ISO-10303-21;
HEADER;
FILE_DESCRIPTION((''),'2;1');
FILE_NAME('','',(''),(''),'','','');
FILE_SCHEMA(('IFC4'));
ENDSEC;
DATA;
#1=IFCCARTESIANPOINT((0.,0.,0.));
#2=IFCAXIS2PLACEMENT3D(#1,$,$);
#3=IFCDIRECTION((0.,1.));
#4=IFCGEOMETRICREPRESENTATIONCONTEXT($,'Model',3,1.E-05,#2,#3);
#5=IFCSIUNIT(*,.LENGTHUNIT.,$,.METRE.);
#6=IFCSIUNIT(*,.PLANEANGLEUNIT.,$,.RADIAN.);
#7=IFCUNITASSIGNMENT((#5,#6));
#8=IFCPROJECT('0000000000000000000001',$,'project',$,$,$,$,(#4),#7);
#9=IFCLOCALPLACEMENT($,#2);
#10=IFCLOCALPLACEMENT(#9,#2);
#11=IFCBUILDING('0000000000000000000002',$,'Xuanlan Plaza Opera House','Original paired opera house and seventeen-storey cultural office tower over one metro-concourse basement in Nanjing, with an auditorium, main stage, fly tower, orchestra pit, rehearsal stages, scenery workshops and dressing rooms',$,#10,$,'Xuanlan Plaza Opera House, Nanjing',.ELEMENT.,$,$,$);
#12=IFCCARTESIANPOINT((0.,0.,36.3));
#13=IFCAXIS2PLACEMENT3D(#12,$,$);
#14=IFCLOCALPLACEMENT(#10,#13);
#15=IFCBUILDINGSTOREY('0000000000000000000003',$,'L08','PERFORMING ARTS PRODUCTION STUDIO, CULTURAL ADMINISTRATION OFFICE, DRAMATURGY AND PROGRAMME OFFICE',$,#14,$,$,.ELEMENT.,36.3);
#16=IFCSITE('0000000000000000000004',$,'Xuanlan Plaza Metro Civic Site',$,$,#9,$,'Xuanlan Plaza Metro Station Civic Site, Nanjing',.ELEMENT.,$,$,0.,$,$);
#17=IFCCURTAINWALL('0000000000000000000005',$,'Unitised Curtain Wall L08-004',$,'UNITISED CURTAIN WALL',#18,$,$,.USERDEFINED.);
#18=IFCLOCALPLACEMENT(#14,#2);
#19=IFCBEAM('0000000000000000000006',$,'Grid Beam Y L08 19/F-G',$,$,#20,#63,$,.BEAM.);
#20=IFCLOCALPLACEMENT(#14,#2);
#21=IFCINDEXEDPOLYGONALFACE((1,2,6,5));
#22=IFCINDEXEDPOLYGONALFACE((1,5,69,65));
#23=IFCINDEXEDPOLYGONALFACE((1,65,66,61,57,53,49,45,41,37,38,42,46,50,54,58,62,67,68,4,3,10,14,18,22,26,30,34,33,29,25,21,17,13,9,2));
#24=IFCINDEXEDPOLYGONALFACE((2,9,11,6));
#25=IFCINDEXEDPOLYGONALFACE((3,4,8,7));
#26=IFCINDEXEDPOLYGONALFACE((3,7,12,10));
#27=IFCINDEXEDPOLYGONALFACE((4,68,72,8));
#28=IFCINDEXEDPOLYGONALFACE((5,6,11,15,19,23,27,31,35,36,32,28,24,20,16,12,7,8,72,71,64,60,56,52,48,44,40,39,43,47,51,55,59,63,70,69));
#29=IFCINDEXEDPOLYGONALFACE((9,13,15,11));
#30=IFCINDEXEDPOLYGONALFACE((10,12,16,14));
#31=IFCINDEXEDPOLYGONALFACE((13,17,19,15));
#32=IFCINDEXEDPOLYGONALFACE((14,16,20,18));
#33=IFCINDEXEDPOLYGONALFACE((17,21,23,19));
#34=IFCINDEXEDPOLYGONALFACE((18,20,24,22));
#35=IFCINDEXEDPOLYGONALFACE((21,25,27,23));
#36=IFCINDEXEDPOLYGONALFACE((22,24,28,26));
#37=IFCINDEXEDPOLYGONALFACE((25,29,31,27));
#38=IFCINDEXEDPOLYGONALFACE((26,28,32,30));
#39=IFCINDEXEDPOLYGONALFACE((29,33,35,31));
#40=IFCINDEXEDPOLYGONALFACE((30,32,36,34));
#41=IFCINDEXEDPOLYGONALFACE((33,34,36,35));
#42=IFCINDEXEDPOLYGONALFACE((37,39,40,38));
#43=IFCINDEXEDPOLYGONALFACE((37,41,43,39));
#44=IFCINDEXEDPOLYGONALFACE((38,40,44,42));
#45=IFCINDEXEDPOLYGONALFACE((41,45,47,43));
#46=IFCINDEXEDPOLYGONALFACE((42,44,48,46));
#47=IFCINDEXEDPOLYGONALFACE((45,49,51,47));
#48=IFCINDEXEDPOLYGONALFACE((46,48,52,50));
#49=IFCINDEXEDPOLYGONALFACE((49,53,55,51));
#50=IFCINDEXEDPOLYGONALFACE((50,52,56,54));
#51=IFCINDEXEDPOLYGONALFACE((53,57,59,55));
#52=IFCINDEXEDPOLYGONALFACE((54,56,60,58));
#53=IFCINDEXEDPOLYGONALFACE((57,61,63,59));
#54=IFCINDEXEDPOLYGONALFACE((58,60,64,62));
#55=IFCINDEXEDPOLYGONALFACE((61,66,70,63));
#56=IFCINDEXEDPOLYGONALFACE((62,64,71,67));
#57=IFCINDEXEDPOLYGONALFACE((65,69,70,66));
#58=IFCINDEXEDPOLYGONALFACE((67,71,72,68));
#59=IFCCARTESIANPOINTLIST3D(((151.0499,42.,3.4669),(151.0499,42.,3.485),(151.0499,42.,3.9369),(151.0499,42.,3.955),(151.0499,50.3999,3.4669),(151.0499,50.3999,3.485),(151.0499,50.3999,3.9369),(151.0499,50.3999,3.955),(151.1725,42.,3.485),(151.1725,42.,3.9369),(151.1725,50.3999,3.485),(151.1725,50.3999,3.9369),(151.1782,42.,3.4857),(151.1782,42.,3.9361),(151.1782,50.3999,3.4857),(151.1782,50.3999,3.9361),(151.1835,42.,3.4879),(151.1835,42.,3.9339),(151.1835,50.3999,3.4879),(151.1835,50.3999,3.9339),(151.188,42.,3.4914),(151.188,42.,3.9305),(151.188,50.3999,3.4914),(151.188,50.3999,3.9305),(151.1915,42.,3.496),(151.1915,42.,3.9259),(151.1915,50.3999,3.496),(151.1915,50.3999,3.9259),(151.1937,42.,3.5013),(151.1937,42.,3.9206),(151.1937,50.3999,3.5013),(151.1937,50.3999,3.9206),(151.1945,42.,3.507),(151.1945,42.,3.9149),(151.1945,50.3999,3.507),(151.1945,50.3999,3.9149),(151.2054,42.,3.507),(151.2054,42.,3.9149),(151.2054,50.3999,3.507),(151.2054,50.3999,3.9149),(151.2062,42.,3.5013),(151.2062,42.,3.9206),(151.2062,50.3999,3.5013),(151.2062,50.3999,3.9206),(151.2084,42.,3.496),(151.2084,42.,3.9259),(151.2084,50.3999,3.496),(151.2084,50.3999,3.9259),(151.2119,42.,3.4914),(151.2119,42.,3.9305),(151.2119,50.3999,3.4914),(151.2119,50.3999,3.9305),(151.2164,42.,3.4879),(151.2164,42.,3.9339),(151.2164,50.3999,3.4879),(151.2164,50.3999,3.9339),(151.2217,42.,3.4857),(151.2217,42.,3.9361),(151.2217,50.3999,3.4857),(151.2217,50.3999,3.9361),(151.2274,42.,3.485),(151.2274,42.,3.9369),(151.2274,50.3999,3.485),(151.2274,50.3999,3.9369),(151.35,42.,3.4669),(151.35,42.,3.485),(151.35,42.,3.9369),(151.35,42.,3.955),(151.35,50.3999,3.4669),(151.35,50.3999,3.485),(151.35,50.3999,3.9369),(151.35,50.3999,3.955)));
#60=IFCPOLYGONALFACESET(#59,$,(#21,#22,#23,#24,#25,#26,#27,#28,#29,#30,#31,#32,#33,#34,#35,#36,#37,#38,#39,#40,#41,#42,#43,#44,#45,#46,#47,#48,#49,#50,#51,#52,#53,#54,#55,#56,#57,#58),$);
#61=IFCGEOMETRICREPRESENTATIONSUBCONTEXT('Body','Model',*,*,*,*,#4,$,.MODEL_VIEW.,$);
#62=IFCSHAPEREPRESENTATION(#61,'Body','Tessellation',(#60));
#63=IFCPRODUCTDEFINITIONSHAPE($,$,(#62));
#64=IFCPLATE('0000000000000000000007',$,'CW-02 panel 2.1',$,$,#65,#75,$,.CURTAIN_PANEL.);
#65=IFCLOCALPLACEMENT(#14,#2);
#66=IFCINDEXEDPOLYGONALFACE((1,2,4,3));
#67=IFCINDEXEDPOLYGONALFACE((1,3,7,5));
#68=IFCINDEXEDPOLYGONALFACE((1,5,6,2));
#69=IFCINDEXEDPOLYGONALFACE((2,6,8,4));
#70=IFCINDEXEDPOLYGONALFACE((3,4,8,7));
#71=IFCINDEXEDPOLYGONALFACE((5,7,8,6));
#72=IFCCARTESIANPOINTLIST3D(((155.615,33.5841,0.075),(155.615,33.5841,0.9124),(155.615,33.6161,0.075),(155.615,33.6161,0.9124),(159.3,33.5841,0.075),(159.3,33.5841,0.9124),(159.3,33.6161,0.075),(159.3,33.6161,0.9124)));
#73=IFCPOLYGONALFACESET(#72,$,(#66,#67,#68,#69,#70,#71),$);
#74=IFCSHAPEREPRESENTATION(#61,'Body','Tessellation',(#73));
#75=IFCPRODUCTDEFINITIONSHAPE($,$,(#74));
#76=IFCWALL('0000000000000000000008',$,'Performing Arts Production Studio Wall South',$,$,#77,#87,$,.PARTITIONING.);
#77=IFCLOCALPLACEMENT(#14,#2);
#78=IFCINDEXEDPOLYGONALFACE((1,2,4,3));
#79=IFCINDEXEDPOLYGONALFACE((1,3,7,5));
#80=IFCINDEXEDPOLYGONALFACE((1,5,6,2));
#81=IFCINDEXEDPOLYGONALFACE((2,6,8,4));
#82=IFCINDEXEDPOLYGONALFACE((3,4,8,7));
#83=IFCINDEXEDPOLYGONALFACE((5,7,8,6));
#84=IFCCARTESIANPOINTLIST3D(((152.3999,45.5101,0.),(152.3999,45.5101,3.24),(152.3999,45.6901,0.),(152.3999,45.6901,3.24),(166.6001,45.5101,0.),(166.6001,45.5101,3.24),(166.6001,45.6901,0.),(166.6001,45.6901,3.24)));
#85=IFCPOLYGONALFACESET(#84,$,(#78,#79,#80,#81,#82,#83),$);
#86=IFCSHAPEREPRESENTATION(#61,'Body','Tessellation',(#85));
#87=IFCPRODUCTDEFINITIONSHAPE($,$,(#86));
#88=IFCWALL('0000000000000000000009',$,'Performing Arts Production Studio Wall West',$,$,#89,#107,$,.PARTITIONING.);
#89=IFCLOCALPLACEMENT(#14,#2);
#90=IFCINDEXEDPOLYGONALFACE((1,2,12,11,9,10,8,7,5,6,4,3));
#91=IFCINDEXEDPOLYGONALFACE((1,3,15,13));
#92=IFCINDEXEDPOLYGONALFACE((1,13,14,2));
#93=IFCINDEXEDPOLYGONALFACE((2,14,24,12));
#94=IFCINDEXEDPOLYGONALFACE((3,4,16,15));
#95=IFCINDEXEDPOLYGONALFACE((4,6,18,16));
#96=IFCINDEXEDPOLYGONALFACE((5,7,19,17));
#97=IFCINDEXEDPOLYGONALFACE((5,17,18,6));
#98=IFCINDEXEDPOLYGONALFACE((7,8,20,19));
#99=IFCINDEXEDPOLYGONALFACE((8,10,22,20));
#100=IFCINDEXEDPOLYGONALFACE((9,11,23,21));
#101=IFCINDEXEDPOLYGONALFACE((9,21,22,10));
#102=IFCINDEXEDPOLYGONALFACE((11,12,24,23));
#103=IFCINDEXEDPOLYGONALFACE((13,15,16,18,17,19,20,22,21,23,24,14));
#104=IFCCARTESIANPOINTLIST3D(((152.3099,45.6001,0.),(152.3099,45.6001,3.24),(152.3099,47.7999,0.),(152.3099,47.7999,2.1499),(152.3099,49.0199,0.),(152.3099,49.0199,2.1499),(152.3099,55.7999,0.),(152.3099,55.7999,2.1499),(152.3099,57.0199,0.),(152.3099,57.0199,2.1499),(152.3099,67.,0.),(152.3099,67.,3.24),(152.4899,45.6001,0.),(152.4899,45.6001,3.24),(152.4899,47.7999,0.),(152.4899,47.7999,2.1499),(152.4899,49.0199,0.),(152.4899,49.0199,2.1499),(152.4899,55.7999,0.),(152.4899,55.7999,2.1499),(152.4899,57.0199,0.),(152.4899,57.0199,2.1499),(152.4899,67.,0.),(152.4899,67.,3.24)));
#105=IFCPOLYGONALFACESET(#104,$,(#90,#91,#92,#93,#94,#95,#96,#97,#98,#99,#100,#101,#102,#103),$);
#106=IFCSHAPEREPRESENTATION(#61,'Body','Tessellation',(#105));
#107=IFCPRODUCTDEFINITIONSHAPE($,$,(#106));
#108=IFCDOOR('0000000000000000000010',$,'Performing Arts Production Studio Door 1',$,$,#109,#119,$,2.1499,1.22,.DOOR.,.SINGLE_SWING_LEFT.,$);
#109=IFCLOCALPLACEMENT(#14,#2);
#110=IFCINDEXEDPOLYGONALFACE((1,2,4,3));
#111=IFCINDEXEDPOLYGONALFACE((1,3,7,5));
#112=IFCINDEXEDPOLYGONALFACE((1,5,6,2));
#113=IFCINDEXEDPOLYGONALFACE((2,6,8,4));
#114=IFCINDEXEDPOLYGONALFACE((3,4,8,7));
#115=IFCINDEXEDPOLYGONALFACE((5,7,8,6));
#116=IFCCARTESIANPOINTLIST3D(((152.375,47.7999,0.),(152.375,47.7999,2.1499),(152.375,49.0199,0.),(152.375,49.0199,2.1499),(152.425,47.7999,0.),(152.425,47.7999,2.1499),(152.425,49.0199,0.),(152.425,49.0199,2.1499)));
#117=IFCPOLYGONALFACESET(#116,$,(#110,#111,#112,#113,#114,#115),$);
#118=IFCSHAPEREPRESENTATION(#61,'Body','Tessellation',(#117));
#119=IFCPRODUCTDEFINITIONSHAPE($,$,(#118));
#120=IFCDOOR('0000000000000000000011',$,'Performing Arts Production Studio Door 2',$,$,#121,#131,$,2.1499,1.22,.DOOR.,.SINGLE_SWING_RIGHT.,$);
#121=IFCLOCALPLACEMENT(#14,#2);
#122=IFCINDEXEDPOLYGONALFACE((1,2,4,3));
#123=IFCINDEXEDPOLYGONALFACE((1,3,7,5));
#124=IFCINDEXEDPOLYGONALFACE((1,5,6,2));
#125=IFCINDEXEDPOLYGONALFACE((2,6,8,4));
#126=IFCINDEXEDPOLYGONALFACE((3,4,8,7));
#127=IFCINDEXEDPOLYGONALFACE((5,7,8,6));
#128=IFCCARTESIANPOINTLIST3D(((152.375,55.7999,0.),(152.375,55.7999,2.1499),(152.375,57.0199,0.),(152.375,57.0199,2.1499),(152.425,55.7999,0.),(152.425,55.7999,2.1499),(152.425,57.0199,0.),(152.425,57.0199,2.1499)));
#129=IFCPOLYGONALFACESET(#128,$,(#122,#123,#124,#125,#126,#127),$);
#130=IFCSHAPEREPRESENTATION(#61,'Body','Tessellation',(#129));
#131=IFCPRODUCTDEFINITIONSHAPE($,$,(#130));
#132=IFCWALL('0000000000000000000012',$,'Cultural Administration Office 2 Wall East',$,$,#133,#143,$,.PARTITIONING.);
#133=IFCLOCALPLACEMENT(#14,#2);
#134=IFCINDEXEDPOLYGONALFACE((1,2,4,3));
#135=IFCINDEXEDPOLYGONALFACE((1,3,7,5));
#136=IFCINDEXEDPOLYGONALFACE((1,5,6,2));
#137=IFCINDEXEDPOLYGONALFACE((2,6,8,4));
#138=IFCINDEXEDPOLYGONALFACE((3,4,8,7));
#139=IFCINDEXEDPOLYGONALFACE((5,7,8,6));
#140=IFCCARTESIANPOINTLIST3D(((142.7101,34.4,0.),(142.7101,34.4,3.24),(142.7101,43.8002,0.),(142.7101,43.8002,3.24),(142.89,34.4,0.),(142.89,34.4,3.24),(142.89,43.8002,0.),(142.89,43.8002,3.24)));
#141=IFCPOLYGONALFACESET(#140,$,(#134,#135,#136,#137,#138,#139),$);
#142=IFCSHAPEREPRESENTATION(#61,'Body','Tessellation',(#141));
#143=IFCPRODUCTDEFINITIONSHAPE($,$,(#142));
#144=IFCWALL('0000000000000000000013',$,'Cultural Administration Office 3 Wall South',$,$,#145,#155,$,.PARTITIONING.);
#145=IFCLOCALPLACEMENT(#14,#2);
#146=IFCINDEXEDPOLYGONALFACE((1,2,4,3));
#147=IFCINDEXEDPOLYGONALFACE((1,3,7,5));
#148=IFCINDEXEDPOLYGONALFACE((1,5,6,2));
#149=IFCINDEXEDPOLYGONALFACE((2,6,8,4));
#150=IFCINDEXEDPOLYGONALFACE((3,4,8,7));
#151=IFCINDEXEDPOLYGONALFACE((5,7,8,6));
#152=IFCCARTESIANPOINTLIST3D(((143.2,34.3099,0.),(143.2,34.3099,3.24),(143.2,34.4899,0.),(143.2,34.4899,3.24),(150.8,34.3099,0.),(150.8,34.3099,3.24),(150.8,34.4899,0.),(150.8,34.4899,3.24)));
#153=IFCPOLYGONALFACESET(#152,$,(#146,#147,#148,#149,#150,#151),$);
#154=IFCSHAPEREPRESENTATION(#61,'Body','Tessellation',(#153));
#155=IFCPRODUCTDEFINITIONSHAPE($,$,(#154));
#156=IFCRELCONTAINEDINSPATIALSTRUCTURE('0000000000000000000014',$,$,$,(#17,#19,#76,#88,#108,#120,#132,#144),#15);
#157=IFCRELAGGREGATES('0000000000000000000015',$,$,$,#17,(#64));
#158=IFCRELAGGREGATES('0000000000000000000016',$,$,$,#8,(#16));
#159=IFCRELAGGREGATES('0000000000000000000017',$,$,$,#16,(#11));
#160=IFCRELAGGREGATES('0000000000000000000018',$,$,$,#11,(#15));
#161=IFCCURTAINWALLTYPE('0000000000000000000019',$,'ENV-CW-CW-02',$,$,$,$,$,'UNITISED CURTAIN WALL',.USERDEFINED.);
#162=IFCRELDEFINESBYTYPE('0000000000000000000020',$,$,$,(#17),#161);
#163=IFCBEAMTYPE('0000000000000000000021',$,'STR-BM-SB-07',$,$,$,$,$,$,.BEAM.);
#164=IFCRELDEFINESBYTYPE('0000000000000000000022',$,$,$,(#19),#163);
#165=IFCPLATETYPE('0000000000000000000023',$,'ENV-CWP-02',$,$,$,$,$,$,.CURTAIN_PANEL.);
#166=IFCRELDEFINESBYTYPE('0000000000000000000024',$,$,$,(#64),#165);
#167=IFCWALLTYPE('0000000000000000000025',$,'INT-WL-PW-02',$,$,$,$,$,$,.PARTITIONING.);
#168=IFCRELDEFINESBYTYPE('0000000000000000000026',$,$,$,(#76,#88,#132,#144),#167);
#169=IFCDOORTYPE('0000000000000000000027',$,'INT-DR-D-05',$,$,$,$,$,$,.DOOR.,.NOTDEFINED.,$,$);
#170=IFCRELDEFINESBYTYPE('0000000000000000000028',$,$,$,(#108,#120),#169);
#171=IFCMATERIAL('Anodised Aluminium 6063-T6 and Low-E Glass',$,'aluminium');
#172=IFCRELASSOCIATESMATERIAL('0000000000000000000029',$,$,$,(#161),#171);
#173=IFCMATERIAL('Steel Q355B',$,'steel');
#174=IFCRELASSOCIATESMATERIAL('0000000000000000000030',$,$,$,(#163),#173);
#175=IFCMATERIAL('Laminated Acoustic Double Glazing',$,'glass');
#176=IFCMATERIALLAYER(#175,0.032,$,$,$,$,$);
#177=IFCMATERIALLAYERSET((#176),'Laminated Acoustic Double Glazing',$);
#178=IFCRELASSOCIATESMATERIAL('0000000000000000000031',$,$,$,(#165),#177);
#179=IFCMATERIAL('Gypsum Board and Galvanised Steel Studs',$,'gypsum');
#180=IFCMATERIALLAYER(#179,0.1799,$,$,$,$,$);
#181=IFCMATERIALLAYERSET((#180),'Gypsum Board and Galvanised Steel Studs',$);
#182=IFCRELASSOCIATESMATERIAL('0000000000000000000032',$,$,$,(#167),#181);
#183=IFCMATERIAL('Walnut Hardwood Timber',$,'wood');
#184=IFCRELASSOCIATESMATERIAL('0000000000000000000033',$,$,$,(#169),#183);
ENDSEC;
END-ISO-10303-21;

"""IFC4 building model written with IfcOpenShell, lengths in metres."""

from ifc_helpers import new_model, si_unit, direction, frame, frame_2d, origin, origin_2d, place, context, subcontext, project, spatial, rectangle, i_section, extrude, material, layer, layer_set, material_profile, profile_set, type_object, element, fill, aggregate, save


model = new_model("IFC4")

# Units and contexts
model_context = context("Model", 3, precision=1e-05, world=origin(), true_north=direction((0.0, 1.0)))
body_context = subcontext(model_context, "Body", "Model", "MODEL_VIEW")
ifc_project = project(units=[si_unit("LENGTHUNIT", "METRE"), si_unit("PLANEANGLEUNIT", "RADIAN")], contexts=[model_context])

# Site, building, storey
site_placement = place(None, origin())
site = spatial("IfcSite", under=ifc_project, at=site_placement, Name="Xuanlan Plaza Metro Civic Site", LongName="Xuanlan Plaza Metro Station Civic Site, Nanjing", CompositionType="ELEMENT", RefElevation=0.0)
building_placement = place(site_placement, origin())
building = spatial("IfcBuilding", under=site, at=building_placement, Name="Xuanlan Plaza Opera House", Description="Original paired opera house and seventeen-storey cultural office tower over one metro-concourse basement in Nanjing, with an auditorium, main stage, fly tower, orchestra pit, rehearsal stages, scenery workshops and dressing rooms", LongName="Xuanlan Plaza Opera House, Nanjing", CompositionType="ELEMENT")
storey_placement = place(building_placement, frame((0.0, 0.0, 36.3)))
storey = spatial("IfcBuildingStorey", under=building, at=storey_placement, Name="L08", Description="PERFORMING ARTS PRODUCTION STUDIO, CULTURAL ADMINISTRATION OFFICE, DRAMATURGY AND PROGRAMME OFFICE", CompositionType="ELEMENT", Elevation=36.3)

# Shared definitions
ifc_material_1 = material(Name="Steel Q355B", Category="steel")

# Curtain wall
ifc_material_2 = material(Name="Anodised Aluminium 6063-T6 and Low-E Glass", Category="aluminium")
curtain_wall_type = type_object("IfcCurtainWallType", Name="ENV-CW-CW-02", ElementType="UNITISED CURTAIN WALL", PredefinedType="USERDEFINED", material=ifc_material_2)
curtain_wall_placement = place(storey_placement, origin())
curtain_wall = element("IfcCurtainWall", 1, at=curtain_wall_placement, inside=storey, type_object=curtain_wall_type, Name="Unitised Curtain Wall L08-004", ObjectType="UNITISED CURTAIN WALL", PredefinedType="USERDEFINED")

# Beam
ifc_material_profile_1 = material_profile(ifc_material_1, i_section(OverallWidth=0.3, OverallDepth=0.488, WebThickness=0.011, FlangeThickness=0.0181, FilletRadius=0.022, at=origin_2d()), Name="HM 488x300x11x18")
ifc_profile_set_1 = profile_set([ifc_material_profile_1], Name="Steel Q355B")
beam_type_1 = type_object("IfcBeamType", Name="STR-BM-SB-07", PredefinedType="BEAM", material=ifc_profile_set_1)
beam_1_placement = place(storey_placement, frame((151.2, 42.0, 3.7109), z_axis=(0.0, 1.0, 0.0), x_axis=(-1.0, 0.0, 0.0)))
element("IfcBeam", 2, at=beam_1_placement, inside=storey, type_object=beam_type_1, Name="Grid Beam Y L08 19/F-G", PredefinedType="BEAM", context=body_context, shape_type="SweptSolid", body=[
    extrude(i_section(OverallWidth=0.3, OverallDepth=0.488, WebThickness=0.011, FlangeThickness=0.0181, FilletRadius=0.022, at=origin_2d()), origin(), (0.0, 0.0, 1.0), 8.3999),
])

# Plate
ifc_material_3 = material(Name="Laminated Acoustic Double Glazing", Category="glass")
ifc_layer_1 = layer(ifc_material_3, 0.032)
ifc_layer_set_1 = layer_set([ifc_layer_1], Name="Laminated Acoustic Double Glazing")
plate_type = type_object("IfcPlateType", Name="ENV-CWP-02", PredefinedType="CURTAIN_PANEL", material=ifc_layer_set_1)
plate_placement = place(storey_placement, frame((157.4575, 33.6001, 0.075), z_axis=(0.0, 0.0, 1.0), x_axis=(1.0, 0.0, 0.0)))
plate = element("IfcPlate", 3, at=plate_placement, type_object=plate_type, Name="CW-02 panel 2.1", PredefinedType="CURTAIN_PANEL", context=body_context, shape_type="SweptSolid", body=[
    extrude(rectangle(XDim=3.6851, YDim=0.032, at=origin_2d()), origin(), (0.0, 0.0, 1.0), 0.8374),
])
aggregate(curtain_wall, [plate])

# Wall
ifc_material_4 = material(Name="Gypsum Board and Galvanised Steel Studs", Category="gypsum")
ifc_layer_2 = layer(ifc_material_4, 0.1799)
ifc_layer_set_2 = layer_set([ifc_layer_2], Name="Gypsum Board and Galvanised Steel Studs")
wall_type = type_object("IfcWallType", Name="INT-WL-PW-02", PredefinedType="PARTITIONING", material=ifc_layer_set_2)
wall_1_placement = place(storey_placement, frame((152.3999, 45.6001, 0.0), z_axis=(0.0, 0.0, 1.0), x_axis=(1.0, 0.0, 0.0)))
element("IfcWall", 4, at=wall_1_placement, inside=storey, type_object=wall_type, Name="Performing Arts Production Studio Wall South", PredefinedType="PARTITIONING", context=body_context, shape_type="SweptSolid", body=[
    extrude(rectangle(XDim=14.2002, YDim=0.1799, at=frame_2d((7.1001, 0.0))), origin(), (0.0, 0.0, 1.0), 3.24),
])

# Wall, openings, doors
wall_2_placement = place(storey_placement, frame((152.3999, 45.6001, 0.0), z_axis=(0.0, 0.0, 1.0), x_axis=(0.0, 1.0, 0.0)))
wall_2 = element("IfcWall", 5, at=wall_2_placement, inside=storey, type_object=wall_type, Name="Performing Arts Production Studio Wall West", PredefinedType="PARTITIONING", context=body_context, shape_type="SweptSolid", body=[
    extrude(rectangle(XDim=21.3999, YDim=0.1799, at=frame_2d((10.7, 0.0))), origin(), (0.0, 0.0, 1.0), 3.24),
])
opening_1_placement = place(wall_2_placement, frame((2.2, 0.0, 0.0)))
opening_1 = element("IfcOpeningElement", 6, at=opening_1_placement, cuts=wall_2, PredefinedType="OPENING", context=body_context, shape_type="SweptSolid", body=[
    extrude(rectangle(XDim=1.22, YDim=2.1499, at=frame_2d((0.6099, 1.075))), frame((0.0, 0.0999, 0.0), z_axis=(0.0, -1.0, 0.0), x_axis=(1.0, 0.0, 0.0)), (0.0, 0.0, 1.0), 0.2),
])
opening_2_placement = place(wall_2_placement, frame((10.2, 0.0, 0.0)))
opening_2 = element("IfcOpeningElement", 7, at=opening_2_placement, cuts=wall_2, PredefinedType="OPENING", context=body_context, shape_type="SweptSolid", body=[
    extrude(rectangle(XDim=1.22, YDim=2.1499, at=frame_2d((0.6099, 1.075))), frame((0.0, 0.0999, 0.0), z_axis=(0.0, -1.0, 0.0), x_axis=(1.0, 0.0, 0.0)), (0.0, 0.0, 1.0), 0.2),
])
ifc_material_5 = material(Name="Walnut Hardwood Timber", Category="wood")
door_type_1 = type_object("IfcDoorType", Name="INT-DR-D-05", OperationType="NOTDEFINED", PredefinedType="DOOR", material=ifc_material_5)
door_1_placement = place(opening_1_placement, origin())
door_1 = element("IfcDoor", 8, at=door_1_placement, inside=storey, type_object=door_type_1, Name="Performing Arts Production Studio Door 1", OperationType="SINGLE_SWING_LEFT", OverallHeight=2.1499, OverallWidth=1.22, PredefinedType="DOOR", context=body_context, shape_type="SweptSolid", body=[
    extrude(rectangle(XDim=1.22, YDim=2.1499, at=frame_2d((0.6099, 1.075))), frame((0.0, 0.0249, 0.0), z_axis=(0.0, -1.0, 0.0), x_axis=(1.0, 0.0, 0.0)), (0.0, 0.0, 1.0), 0.05),
])
fill(opening_1, door_1)
door_2_placement = place(opening_2_placement, origin())
door_2 = element("IfcDoor", 9, at=door_2_placement, inside=storey, type_object=door_type_1, Name="Performing Arts Production Studio Door 2", OperationType="SINGLE_SWING_RIGHT", OverallHeight=2.1499, OverallWidth=1.22, PredefinedType="DOOR", context=body_context, shape_type="SweptSolid", body=[
    extrude(rectangle(XDim=1.22, YDim=2.1499, at=frame_2d((0.6099, 1.075))), frame((0.0, 0.0249, 0.0), z_axis=(0.0, -1.0, 0.0), x_axis=(1.0, 0.0, 0.0)), (0.0, 0.0, 1.0), 0.05),
])
fill(opening_2, door_2)

# Walls
wall_3_placement = place(storey_placement, frame((142.8, 34.3999, 0.0), z_axis=(0.0, 0.0, 1.0), x_axis=(0.0, 1.0, 0.0)))
element("IfcWall", 10, at=wall_3_placement, inside=storey, type_object=wall_type, Name="Cultural Administration Office 2 Wall East", PredefinedType="PARTITIONING", context=body_context, shape_type="SweptSolid", body=[
    extrude(rectangle(XDim=9.4001, YDim=0.1799, at=frame_2d((4.7002, 0.0))), origin(), (0.0, 0.0, 1.0), 3.24),
])
wall_4_placement = place(storey_placement, frame((143.2, 34.3999, 0.0), z_axis=(0.0, 0.0, 1.0), x_axis=(1.0, 0.0, 0.0)))
element("IfcWall", 11, at=wall_4_placement, inside=storey, type_object=wall_type, Name="Cultural Administration Office 3 Wall South", PredefinedType="PARTITIONING", context=body_context, shape_type="SweptSolid", body=[
    extrude(rectangle(XDim=7.6001, YDim=0.1799, at=frame_2d((3.8, 0.0))), origin(), (0.0, 0.0, 1.0), 3.24),
])

save(model, "model.ifc")
